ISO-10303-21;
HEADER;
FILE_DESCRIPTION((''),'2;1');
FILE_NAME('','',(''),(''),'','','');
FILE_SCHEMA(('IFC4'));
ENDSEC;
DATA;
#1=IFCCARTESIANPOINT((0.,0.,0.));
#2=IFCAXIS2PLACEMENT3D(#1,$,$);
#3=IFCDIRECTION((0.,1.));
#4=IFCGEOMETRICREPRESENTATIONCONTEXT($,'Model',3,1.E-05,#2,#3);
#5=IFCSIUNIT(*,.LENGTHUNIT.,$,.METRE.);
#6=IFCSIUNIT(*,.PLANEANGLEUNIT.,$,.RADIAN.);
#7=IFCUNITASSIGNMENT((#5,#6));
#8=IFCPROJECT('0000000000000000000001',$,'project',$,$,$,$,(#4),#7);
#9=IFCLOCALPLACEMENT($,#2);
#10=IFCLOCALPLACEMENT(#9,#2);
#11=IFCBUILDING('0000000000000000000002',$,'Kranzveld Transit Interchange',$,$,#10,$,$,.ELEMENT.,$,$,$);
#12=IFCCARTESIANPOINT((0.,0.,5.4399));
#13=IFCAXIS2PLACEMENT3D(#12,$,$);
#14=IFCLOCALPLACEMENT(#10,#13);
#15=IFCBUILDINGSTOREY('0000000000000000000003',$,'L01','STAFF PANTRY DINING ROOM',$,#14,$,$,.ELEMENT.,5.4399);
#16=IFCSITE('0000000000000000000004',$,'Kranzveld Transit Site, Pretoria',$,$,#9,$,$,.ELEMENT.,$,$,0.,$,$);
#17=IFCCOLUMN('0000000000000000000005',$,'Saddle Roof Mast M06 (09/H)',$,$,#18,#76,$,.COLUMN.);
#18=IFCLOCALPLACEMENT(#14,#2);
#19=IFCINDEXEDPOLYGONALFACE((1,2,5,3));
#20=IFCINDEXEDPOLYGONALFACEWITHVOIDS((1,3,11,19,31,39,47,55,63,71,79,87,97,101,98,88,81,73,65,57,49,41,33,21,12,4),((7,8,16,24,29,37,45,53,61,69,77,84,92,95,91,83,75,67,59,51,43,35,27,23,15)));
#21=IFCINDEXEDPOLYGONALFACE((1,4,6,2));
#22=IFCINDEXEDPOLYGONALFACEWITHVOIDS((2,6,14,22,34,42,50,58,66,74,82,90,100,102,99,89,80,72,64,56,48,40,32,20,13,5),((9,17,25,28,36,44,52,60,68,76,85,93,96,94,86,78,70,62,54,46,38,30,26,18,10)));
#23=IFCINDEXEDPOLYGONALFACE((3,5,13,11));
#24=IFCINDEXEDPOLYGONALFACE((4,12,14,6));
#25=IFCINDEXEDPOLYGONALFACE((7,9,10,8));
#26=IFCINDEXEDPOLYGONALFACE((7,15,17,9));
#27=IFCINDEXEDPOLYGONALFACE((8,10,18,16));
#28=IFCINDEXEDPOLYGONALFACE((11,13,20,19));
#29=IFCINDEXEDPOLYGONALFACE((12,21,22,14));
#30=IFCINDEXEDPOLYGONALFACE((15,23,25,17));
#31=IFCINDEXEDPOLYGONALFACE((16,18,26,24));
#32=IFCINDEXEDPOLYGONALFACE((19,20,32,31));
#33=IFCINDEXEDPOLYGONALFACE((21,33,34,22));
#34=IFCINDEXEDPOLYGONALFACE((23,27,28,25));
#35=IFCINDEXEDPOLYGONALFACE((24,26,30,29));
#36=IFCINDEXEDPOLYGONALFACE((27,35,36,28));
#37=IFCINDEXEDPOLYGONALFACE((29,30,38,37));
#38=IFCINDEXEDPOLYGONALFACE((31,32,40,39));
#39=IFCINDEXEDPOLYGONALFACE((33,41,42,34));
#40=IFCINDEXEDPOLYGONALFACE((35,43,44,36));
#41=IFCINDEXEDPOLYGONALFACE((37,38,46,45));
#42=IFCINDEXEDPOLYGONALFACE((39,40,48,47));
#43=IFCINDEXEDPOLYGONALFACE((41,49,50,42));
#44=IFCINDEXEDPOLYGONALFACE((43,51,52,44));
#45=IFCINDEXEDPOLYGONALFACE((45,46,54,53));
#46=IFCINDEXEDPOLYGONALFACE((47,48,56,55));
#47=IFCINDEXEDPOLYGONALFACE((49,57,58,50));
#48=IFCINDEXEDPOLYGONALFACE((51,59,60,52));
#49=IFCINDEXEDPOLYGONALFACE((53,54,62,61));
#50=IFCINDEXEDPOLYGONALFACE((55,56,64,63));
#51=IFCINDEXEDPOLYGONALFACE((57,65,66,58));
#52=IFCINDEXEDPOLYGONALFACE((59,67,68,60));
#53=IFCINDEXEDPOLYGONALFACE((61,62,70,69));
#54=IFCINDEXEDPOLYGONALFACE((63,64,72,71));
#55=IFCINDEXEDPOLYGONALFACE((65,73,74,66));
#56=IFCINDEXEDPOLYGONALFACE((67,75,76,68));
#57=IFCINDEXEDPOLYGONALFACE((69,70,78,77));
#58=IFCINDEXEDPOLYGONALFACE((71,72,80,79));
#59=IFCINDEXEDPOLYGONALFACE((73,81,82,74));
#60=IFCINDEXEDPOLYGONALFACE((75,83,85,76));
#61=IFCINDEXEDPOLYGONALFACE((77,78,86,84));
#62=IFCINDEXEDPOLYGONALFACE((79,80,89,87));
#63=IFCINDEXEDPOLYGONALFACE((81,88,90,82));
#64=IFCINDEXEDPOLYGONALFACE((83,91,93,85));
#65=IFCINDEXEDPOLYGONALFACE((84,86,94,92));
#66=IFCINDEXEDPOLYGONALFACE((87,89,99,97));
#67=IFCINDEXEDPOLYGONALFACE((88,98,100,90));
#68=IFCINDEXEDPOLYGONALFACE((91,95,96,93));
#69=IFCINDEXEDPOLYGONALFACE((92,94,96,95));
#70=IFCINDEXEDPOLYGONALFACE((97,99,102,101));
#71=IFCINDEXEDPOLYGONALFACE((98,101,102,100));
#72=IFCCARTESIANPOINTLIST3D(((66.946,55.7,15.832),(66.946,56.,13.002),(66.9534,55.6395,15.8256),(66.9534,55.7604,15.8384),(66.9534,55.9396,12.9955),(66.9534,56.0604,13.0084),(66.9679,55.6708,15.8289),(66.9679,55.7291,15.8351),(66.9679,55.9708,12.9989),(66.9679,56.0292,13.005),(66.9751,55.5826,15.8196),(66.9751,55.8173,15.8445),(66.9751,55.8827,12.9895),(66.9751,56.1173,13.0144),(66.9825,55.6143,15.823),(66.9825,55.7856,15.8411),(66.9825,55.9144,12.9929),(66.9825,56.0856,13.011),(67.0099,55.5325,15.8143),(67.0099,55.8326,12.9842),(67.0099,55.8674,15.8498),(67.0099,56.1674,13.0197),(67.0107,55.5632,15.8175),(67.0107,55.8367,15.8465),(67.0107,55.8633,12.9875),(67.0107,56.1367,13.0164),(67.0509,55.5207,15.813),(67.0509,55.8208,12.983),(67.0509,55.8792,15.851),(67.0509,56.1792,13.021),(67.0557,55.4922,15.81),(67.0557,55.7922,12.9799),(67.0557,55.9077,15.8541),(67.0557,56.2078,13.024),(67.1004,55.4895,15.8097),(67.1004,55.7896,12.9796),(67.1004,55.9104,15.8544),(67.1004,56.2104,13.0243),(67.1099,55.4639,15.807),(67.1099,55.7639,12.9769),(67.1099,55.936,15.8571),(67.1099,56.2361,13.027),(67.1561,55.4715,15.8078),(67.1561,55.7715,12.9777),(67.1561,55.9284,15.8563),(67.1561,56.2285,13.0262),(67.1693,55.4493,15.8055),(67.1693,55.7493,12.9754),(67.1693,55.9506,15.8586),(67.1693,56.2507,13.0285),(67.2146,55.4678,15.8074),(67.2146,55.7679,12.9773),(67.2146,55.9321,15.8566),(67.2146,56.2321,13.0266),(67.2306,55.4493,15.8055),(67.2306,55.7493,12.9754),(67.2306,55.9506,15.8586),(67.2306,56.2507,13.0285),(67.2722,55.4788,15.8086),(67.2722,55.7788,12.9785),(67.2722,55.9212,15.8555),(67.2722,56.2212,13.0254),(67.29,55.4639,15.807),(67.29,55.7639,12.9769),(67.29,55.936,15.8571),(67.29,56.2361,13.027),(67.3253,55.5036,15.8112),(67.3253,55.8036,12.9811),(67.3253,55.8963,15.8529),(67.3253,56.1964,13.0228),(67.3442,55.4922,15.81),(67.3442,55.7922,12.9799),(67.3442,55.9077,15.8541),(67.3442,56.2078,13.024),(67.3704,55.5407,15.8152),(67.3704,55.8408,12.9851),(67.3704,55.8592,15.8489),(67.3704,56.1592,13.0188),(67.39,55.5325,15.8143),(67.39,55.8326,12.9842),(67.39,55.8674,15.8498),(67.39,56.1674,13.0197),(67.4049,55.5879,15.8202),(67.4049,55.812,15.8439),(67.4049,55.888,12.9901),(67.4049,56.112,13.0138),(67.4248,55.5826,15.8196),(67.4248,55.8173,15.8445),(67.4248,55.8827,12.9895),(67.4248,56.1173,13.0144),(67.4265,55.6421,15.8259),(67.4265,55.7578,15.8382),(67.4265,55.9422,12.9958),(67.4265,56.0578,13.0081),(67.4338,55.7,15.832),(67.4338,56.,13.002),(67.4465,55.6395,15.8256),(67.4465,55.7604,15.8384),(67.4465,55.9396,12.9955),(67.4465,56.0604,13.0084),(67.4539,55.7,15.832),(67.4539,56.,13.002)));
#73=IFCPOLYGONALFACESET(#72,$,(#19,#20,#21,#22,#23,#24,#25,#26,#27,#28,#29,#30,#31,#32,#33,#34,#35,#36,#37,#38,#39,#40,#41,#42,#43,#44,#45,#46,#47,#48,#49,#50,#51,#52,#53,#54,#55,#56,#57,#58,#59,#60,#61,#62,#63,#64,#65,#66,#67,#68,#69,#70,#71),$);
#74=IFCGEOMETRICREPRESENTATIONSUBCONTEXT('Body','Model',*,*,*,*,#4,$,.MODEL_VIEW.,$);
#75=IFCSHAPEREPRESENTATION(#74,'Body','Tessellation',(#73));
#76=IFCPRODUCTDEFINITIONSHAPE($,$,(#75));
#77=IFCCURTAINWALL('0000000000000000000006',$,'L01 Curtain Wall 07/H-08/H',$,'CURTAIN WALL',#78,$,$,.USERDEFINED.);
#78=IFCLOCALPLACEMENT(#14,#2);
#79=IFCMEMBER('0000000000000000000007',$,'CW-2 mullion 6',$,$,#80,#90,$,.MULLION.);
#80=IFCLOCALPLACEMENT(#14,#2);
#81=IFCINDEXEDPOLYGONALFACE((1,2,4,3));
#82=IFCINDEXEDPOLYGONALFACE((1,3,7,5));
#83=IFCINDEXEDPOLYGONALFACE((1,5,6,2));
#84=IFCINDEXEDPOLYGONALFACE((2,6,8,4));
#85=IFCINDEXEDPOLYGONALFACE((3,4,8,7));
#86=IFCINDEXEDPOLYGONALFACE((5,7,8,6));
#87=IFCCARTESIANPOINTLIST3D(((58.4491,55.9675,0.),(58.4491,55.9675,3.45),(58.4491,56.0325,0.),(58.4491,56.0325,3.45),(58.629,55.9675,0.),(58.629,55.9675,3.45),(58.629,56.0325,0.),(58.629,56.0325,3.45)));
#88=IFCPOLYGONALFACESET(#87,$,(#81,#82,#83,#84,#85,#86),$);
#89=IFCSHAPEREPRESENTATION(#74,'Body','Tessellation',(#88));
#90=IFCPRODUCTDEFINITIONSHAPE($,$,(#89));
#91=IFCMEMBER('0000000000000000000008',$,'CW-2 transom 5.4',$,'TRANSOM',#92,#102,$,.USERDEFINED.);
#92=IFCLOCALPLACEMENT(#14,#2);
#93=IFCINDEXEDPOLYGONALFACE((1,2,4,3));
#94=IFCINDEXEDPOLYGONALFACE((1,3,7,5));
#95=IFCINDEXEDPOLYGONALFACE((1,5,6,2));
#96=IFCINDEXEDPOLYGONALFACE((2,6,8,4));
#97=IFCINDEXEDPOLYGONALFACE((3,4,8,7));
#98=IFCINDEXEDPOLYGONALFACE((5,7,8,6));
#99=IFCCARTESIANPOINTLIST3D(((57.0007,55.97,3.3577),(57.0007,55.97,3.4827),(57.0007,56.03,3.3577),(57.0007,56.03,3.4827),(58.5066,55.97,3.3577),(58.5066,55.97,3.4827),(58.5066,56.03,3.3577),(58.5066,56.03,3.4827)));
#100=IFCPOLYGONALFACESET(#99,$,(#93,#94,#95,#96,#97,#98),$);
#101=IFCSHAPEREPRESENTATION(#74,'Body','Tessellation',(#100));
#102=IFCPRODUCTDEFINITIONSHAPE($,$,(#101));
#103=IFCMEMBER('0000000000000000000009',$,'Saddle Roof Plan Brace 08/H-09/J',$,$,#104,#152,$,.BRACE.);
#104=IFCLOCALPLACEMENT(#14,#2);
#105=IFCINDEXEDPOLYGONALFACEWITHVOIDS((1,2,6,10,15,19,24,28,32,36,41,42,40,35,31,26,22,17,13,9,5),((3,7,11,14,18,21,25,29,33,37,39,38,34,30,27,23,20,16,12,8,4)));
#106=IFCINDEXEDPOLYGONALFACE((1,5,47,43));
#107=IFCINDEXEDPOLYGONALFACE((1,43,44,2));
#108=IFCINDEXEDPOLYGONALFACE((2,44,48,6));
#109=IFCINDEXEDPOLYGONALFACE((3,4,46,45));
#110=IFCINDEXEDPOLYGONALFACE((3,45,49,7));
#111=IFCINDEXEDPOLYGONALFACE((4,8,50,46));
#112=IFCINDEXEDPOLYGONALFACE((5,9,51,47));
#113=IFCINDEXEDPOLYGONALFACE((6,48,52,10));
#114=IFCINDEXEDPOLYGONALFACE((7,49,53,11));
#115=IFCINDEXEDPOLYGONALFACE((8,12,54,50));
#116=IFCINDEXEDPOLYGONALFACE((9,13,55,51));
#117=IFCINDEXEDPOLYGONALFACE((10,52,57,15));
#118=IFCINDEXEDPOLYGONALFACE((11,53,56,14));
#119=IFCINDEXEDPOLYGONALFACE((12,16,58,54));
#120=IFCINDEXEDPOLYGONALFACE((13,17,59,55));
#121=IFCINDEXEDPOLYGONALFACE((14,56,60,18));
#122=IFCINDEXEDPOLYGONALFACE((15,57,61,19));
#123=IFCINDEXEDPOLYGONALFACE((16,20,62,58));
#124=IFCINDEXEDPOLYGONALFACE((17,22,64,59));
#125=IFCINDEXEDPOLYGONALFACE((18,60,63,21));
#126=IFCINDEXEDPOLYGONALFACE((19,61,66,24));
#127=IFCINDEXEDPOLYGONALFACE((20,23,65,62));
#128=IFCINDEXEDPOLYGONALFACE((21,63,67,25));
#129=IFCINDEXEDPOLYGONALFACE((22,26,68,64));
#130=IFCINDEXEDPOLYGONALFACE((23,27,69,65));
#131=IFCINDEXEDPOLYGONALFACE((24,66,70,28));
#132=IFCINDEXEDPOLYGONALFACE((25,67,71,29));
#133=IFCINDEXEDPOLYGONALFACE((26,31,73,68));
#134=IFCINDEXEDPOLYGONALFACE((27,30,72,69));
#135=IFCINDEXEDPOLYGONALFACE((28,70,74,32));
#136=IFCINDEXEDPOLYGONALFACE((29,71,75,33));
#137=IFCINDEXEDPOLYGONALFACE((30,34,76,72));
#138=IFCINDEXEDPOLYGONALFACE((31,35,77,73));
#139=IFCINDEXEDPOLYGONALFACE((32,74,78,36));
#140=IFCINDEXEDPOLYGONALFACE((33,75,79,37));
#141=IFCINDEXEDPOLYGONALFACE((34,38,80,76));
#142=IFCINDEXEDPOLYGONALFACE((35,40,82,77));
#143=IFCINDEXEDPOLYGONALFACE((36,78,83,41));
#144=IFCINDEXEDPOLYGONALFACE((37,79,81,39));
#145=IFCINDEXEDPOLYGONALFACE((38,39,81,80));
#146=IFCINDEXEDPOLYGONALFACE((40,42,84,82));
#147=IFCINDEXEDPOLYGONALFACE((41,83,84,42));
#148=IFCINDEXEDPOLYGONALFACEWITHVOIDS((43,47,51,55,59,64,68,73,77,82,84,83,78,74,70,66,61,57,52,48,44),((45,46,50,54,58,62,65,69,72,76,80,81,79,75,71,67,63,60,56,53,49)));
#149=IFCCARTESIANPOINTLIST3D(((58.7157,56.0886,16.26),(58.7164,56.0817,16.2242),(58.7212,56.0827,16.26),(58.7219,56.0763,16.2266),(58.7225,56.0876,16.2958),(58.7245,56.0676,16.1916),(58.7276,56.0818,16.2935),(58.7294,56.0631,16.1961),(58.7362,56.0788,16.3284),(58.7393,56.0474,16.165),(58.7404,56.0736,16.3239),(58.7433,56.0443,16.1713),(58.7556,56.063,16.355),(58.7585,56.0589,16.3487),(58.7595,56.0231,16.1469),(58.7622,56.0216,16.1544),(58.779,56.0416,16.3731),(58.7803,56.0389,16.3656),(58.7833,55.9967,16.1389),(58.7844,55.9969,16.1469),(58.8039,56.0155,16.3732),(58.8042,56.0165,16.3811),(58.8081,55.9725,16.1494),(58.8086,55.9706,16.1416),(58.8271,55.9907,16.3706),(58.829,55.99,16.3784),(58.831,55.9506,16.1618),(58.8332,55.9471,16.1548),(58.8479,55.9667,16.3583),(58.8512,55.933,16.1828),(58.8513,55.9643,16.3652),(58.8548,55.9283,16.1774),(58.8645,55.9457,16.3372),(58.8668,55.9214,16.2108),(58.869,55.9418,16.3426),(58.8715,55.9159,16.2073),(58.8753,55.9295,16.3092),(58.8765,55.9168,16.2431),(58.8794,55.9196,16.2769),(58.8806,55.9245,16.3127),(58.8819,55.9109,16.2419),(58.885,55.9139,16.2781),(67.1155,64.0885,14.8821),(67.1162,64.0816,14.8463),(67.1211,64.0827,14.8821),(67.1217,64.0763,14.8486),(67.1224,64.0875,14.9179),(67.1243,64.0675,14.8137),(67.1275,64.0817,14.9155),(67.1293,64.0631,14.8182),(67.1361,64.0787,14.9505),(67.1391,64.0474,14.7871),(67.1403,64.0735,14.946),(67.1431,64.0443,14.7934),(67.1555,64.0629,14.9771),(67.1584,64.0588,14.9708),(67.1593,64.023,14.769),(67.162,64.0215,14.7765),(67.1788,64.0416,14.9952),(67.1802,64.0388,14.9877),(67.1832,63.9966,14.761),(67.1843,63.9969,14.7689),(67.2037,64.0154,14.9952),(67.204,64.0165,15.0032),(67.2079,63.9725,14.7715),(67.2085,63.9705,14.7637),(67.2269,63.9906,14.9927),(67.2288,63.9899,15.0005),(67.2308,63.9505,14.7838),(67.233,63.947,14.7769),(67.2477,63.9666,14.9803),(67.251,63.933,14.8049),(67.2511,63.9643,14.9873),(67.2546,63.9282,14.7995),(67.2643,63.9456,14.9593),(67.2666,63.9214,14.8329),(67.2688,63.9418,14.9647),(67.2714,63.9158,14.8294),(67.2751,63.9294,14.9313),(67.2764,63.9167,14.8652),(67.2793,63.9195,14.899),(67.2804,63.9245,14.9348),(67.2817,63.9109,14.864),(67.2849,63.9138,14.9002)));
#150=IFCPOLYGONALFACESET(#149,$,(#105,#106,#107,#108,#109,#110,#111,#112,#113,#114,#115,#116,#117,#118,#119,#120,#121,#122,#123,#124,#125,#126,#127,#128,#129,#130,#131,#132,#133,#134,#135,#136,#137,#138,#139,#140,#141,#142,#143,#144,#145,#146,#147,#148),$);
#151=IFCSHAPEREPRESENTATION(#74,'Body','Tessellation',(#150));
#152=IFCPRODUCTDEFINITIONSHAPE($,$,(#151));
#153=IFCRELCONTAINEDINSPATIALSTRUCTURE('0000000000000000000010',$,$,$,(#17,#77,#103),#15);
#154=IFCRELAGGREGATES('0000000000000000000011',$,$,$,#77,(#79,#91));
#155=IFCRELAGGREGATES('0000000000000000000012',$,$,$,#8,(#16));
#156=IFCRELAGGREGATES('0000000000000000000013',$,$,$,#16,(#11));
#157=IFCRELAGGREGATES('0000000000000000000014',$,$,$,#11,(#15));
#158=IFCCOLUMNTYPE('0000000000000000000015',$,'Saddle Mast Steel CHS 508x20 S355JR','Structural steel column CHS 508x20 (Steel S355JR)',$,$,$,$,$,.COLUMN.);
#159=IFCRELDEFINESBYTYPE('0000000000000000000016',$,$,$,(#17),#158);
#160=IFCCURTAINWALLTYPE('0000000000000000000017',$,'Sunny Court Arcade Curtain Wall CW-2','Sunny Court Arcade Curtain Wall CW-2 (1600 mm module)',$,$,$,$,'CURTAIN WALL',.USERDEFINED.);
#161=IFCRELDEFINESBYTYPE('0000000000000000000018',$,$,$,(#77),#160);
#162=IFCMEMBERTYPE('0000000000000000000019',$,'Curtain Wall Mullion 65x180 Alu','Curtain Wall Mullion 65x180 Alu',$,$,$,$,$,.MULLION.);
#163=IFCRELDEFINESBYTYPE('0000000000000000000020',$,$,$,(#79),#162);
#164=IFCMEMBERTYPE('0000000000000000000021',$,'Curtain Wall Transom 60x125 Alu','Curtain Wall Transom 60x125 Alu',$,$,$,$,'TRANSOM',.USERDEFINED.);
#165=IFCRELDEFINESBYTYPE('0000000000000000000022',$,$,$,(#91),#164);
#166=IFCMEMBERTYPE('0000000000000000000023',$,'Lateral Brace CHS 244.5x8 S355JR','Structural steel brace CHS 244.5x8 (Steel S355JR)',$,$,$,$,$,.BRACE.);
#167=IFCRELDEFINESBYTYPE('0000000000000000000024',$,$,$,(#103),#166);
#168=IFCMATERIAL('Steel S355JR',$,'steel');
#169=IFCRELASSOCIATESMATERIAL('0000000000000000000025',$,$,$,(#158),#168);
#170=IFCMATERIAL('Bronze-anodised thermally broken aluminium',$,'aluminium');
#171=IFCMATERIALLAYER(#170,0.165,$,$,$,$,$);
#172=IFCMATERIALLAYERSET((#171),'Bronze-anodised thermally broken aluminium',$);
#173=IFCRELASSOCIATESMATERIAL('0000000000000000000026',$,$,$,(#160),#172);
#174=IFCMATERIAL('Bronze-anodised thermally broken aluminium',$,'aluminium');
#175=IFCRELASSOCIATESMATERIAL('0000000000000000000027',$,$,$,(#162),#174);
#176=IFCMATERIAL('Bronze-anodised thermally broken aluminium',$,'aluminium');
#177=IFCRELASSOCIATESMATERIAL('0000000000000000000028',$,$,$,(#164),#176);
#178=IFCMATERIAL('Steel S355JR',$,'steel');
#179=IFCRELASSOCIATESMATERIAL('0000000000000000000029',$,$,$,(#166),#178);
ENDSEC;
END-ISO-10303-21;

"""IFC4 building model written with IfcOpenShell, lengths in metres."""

from ifc_helpers import new_model, si_unit, direction, frame, origin, origin_2d, place, context, subcontext, project, spatial, rectangle, hollow_circle, extrude, material, layer, layer_set, material_profile, profile_set, type_object, element, aggregate, save


model = new_model("IFC4")

# Units and contexts
model_context = context("Model", 3, precision=1e-05, world=origin(), true_north=direction((0.0, 1.0)))
body_context = subcontext(model_context, "Body", "Model", "MODEL_VIEW")
ifc_project = project(units=[si_unit("LENGTHUNIT", "METRE"), si_unit("PLANEANGLEUNIT", "RADIAN")], contexts=[model_context])

# Site, building, storey
site_placement = place(None, origin())
site = spatial("IfcSite", under=ifc_project, at=site_placement, Name="Kranzveld Transit Site, Pretoria", CompositionType="ELEMENT", RefElevation=0.0)
building_placement = place(site_placement, origin())
building = spatial("IfcBuilding", under=site, at=building_placement, Name="Kranzveld Transit Interchange", CompositionType="ELEMENT")
storey_placement = place(building_placement, frame((0.0, 0.0, 5.4399)))
storey = spatial("IfcBuildingStorey", under=building, at=storey_placement, Name="L01", Description="STAFF PANTRY DINING ROOM", CompositionType="ELEMENT", Elevation=5.4399)

# Column
ifc_material_1 = material(Name="Steel S355JR", Category="steel")
ifc_material_profile_1 = material_profile(ifc_material_1, hollow_circle(Radius=0.2539, WallThickness=0.02, at=origin_2d()), Name="CHS 508x20")
ifc_profile_set_1 = profile_set([ifc_material_profile_1], Name="Steel S355JR")
column_type_1 = type_object("IfcColumnType", Name="Saddle Mast Steel CHS 508x20 S355JR", Description="Structural steel column CHS 508x20 (Steel S355JR)", PredefinedType="COLUMN", material=ifc_profile_set_1)
column_1_placement = place(storey_placement, frame((67.2, 56.0, 13.002), z_axis=(0.0, -0.105431, 0.994427), x_axis=(1.0, 0.0, 0.0)))
element("IfcColumn", 1, at=column_1_placement, inside=storey, type_object=column_type_1, Name="Saddle Roof Mast M06 (09/H)", PredefinedType="COLUMN", context=body_context, shape_type="SweptSolid", body=[
    extrude(hollow_circle(Radius=0.2539, WallThickness=0.02, at=origin_2d()), origin(), (0.0, 0.0, 1.0), 2.8459),
])

# Curtain wall, members
ifc_material_2 = material(Name="Bronze-anodised thermally broken aluminium", Category="aluminium")
ifc_layer_1 = layer(ifc_material_2, 0.165)
ifc_layer_set_1 = layer_set([ifc_layer_1], Name="Bronze-anodised thermally broken aluminium")
curtain_wall_type = type_object("IfcCurtainWallType", Name="Sunny Court Arcade Curtain Wall CW-2", Description="Sunny Court Arcade Curtain Wall CW-2 (1600 mm module)", ElementType="CURTAIN WALL", PredefinedType="USERDEFINED", material=ifc_layer_set_1)
curtain_wall_placement = place(storey_placement, origin())
curtain_wall = element("IfcCurtainWall", 2, at=curtain_wall_placement, inside=storey, type_object=curtain_wall_type, Name="L01 Curtain Wall 07/H-08/H", ObjectType="CURTAIN WALL", PredefinedType="USERDEFINED")
ifc_material_3 = material(Name="Bronze-anodised thermally broken aluminium", Category="aluminium")
ifc_material_profile_2 = material_profile(ifc_material_3, rectangle(XDim=0.0649, YDim=0.1799, at=origin_2d()), Name="ALU MULLION 65x180")
ifc_profile_set_2 = profile_set([ifc_material_profile_2], Name="Bronze-anodised thermally broken aluminium")
member_type_1 = type_object("IfcMemberType", Name="Curtain Wall Mullion 65x180 Alu", Description="Curtain Wall Mullion 65x180 Alu", PredefinedType="MULLION", material=ifc_profile_set_2)
member_1_placement = place(storey_placement, frame((58.5391, 56.0, 0.0), z_axis=(0.0, 0.0, 1.0), x_axis=(0.0, 1.0, 0.0)))
member_1 = element("IfcMember", 3, at=member_1_placement, type_object=member_type_1, Name="CW-2 mullion 6", PredefinedType="MULLION", context=body_context, shape_type="SweptSolid", body=[
    extrude(rectangle(XDim=0.0649, YDim=0.1799, at=origin_2d()), origin(), (0.0, 0.0, 1.0), 3.45),
])
ifc_material_4 = material(Name="Bronze-anodised thermally broken aluminium", Category="aluminium")
ifc_material_profile_3 = material_profile(ifc_material_4, rectangle(XDim=0.0601, YDim=0.125, at=origin_2d()), Name="ALU TRANSOM 60x125")
ifc_profile_set_3 = profile_set([ifc_material_profile_3], Name="Bronze-anodised thermally broken aluminium")
member_type_2 = type_object("IfcMemberType", Name="Curtain Wall Transom 60x125 Alu", Description="Curtain Wall Transom 60x125 Alu", ElementType="TRANSOM", PredefinedType="USERDEFINED", material=ifc_profile_set_3)
member_2_placement = place(storey_placement, frame((57.0007, 56.0, 3.4202), z_axis=(1.0, 0.0, 0.0), x_axis=(0.0, 1.0, 0.0)))
member_2 = element("IfcMember", 4, at=member_2_placement, type_object=member_type_2, Name="CW-2 transom 5.4", ObjectType="TRANSOM", PredefinedType="USERDEFINED", context=body_context, shape_type="SweptSolid", body=[
    extrude(rectangle(XDim=0.0601, YDim=0.125, at=origin_2d()), origin(), (0.0, 0.0, 1.0), 1.5059),
])

# Member
ifc_material_5 = material(Name="Steel S355JR", Category="steel")
ifc_material_profile_4 = material_profile(ifc_material_5, hollow_circle(Radius=0.1223, WallThickness=0.0081, at=origin_2d()), Name="CHS 244.5x8")
ifc_profile_set_4 = profile_set([ifc_material_profile_4], Name="Steel S355JR")
member_type_3 = type_object("IfcMemberType", Name="Lateral Brace CHS 244.5x8 S355JR", Description="Structural steel brace CHS 244.5x8 (Steel S355JR)", PredefinedType="BRACE", material=ifc_profile_set_4)
member_3_placement = place(storey_placement, frame((58.8, 56.0, 16.26), z_axis=(0.719078, 0.684845, -0.117958), x_axis=(-0.689659, 0.724134, 0.0)))
element("IfcMember", 5, at=member_3_placement, inside=storey, type_object=member_type_3, Name="Saddle Roof Plan Brace 08/H-09/J", PredefinedType="BRACE", context=body_context, shape_type="SweptSolid", body=[
    extrude(hollow_circle(Radius=0.1223, WallThickness=0.0081, at=origin_2d()), origin(), (0.0, 0.0, 1.0), 11.6814),
])

aggregate(curtain_wall, [member_1, member_2])

save(model, "model.ifc")
